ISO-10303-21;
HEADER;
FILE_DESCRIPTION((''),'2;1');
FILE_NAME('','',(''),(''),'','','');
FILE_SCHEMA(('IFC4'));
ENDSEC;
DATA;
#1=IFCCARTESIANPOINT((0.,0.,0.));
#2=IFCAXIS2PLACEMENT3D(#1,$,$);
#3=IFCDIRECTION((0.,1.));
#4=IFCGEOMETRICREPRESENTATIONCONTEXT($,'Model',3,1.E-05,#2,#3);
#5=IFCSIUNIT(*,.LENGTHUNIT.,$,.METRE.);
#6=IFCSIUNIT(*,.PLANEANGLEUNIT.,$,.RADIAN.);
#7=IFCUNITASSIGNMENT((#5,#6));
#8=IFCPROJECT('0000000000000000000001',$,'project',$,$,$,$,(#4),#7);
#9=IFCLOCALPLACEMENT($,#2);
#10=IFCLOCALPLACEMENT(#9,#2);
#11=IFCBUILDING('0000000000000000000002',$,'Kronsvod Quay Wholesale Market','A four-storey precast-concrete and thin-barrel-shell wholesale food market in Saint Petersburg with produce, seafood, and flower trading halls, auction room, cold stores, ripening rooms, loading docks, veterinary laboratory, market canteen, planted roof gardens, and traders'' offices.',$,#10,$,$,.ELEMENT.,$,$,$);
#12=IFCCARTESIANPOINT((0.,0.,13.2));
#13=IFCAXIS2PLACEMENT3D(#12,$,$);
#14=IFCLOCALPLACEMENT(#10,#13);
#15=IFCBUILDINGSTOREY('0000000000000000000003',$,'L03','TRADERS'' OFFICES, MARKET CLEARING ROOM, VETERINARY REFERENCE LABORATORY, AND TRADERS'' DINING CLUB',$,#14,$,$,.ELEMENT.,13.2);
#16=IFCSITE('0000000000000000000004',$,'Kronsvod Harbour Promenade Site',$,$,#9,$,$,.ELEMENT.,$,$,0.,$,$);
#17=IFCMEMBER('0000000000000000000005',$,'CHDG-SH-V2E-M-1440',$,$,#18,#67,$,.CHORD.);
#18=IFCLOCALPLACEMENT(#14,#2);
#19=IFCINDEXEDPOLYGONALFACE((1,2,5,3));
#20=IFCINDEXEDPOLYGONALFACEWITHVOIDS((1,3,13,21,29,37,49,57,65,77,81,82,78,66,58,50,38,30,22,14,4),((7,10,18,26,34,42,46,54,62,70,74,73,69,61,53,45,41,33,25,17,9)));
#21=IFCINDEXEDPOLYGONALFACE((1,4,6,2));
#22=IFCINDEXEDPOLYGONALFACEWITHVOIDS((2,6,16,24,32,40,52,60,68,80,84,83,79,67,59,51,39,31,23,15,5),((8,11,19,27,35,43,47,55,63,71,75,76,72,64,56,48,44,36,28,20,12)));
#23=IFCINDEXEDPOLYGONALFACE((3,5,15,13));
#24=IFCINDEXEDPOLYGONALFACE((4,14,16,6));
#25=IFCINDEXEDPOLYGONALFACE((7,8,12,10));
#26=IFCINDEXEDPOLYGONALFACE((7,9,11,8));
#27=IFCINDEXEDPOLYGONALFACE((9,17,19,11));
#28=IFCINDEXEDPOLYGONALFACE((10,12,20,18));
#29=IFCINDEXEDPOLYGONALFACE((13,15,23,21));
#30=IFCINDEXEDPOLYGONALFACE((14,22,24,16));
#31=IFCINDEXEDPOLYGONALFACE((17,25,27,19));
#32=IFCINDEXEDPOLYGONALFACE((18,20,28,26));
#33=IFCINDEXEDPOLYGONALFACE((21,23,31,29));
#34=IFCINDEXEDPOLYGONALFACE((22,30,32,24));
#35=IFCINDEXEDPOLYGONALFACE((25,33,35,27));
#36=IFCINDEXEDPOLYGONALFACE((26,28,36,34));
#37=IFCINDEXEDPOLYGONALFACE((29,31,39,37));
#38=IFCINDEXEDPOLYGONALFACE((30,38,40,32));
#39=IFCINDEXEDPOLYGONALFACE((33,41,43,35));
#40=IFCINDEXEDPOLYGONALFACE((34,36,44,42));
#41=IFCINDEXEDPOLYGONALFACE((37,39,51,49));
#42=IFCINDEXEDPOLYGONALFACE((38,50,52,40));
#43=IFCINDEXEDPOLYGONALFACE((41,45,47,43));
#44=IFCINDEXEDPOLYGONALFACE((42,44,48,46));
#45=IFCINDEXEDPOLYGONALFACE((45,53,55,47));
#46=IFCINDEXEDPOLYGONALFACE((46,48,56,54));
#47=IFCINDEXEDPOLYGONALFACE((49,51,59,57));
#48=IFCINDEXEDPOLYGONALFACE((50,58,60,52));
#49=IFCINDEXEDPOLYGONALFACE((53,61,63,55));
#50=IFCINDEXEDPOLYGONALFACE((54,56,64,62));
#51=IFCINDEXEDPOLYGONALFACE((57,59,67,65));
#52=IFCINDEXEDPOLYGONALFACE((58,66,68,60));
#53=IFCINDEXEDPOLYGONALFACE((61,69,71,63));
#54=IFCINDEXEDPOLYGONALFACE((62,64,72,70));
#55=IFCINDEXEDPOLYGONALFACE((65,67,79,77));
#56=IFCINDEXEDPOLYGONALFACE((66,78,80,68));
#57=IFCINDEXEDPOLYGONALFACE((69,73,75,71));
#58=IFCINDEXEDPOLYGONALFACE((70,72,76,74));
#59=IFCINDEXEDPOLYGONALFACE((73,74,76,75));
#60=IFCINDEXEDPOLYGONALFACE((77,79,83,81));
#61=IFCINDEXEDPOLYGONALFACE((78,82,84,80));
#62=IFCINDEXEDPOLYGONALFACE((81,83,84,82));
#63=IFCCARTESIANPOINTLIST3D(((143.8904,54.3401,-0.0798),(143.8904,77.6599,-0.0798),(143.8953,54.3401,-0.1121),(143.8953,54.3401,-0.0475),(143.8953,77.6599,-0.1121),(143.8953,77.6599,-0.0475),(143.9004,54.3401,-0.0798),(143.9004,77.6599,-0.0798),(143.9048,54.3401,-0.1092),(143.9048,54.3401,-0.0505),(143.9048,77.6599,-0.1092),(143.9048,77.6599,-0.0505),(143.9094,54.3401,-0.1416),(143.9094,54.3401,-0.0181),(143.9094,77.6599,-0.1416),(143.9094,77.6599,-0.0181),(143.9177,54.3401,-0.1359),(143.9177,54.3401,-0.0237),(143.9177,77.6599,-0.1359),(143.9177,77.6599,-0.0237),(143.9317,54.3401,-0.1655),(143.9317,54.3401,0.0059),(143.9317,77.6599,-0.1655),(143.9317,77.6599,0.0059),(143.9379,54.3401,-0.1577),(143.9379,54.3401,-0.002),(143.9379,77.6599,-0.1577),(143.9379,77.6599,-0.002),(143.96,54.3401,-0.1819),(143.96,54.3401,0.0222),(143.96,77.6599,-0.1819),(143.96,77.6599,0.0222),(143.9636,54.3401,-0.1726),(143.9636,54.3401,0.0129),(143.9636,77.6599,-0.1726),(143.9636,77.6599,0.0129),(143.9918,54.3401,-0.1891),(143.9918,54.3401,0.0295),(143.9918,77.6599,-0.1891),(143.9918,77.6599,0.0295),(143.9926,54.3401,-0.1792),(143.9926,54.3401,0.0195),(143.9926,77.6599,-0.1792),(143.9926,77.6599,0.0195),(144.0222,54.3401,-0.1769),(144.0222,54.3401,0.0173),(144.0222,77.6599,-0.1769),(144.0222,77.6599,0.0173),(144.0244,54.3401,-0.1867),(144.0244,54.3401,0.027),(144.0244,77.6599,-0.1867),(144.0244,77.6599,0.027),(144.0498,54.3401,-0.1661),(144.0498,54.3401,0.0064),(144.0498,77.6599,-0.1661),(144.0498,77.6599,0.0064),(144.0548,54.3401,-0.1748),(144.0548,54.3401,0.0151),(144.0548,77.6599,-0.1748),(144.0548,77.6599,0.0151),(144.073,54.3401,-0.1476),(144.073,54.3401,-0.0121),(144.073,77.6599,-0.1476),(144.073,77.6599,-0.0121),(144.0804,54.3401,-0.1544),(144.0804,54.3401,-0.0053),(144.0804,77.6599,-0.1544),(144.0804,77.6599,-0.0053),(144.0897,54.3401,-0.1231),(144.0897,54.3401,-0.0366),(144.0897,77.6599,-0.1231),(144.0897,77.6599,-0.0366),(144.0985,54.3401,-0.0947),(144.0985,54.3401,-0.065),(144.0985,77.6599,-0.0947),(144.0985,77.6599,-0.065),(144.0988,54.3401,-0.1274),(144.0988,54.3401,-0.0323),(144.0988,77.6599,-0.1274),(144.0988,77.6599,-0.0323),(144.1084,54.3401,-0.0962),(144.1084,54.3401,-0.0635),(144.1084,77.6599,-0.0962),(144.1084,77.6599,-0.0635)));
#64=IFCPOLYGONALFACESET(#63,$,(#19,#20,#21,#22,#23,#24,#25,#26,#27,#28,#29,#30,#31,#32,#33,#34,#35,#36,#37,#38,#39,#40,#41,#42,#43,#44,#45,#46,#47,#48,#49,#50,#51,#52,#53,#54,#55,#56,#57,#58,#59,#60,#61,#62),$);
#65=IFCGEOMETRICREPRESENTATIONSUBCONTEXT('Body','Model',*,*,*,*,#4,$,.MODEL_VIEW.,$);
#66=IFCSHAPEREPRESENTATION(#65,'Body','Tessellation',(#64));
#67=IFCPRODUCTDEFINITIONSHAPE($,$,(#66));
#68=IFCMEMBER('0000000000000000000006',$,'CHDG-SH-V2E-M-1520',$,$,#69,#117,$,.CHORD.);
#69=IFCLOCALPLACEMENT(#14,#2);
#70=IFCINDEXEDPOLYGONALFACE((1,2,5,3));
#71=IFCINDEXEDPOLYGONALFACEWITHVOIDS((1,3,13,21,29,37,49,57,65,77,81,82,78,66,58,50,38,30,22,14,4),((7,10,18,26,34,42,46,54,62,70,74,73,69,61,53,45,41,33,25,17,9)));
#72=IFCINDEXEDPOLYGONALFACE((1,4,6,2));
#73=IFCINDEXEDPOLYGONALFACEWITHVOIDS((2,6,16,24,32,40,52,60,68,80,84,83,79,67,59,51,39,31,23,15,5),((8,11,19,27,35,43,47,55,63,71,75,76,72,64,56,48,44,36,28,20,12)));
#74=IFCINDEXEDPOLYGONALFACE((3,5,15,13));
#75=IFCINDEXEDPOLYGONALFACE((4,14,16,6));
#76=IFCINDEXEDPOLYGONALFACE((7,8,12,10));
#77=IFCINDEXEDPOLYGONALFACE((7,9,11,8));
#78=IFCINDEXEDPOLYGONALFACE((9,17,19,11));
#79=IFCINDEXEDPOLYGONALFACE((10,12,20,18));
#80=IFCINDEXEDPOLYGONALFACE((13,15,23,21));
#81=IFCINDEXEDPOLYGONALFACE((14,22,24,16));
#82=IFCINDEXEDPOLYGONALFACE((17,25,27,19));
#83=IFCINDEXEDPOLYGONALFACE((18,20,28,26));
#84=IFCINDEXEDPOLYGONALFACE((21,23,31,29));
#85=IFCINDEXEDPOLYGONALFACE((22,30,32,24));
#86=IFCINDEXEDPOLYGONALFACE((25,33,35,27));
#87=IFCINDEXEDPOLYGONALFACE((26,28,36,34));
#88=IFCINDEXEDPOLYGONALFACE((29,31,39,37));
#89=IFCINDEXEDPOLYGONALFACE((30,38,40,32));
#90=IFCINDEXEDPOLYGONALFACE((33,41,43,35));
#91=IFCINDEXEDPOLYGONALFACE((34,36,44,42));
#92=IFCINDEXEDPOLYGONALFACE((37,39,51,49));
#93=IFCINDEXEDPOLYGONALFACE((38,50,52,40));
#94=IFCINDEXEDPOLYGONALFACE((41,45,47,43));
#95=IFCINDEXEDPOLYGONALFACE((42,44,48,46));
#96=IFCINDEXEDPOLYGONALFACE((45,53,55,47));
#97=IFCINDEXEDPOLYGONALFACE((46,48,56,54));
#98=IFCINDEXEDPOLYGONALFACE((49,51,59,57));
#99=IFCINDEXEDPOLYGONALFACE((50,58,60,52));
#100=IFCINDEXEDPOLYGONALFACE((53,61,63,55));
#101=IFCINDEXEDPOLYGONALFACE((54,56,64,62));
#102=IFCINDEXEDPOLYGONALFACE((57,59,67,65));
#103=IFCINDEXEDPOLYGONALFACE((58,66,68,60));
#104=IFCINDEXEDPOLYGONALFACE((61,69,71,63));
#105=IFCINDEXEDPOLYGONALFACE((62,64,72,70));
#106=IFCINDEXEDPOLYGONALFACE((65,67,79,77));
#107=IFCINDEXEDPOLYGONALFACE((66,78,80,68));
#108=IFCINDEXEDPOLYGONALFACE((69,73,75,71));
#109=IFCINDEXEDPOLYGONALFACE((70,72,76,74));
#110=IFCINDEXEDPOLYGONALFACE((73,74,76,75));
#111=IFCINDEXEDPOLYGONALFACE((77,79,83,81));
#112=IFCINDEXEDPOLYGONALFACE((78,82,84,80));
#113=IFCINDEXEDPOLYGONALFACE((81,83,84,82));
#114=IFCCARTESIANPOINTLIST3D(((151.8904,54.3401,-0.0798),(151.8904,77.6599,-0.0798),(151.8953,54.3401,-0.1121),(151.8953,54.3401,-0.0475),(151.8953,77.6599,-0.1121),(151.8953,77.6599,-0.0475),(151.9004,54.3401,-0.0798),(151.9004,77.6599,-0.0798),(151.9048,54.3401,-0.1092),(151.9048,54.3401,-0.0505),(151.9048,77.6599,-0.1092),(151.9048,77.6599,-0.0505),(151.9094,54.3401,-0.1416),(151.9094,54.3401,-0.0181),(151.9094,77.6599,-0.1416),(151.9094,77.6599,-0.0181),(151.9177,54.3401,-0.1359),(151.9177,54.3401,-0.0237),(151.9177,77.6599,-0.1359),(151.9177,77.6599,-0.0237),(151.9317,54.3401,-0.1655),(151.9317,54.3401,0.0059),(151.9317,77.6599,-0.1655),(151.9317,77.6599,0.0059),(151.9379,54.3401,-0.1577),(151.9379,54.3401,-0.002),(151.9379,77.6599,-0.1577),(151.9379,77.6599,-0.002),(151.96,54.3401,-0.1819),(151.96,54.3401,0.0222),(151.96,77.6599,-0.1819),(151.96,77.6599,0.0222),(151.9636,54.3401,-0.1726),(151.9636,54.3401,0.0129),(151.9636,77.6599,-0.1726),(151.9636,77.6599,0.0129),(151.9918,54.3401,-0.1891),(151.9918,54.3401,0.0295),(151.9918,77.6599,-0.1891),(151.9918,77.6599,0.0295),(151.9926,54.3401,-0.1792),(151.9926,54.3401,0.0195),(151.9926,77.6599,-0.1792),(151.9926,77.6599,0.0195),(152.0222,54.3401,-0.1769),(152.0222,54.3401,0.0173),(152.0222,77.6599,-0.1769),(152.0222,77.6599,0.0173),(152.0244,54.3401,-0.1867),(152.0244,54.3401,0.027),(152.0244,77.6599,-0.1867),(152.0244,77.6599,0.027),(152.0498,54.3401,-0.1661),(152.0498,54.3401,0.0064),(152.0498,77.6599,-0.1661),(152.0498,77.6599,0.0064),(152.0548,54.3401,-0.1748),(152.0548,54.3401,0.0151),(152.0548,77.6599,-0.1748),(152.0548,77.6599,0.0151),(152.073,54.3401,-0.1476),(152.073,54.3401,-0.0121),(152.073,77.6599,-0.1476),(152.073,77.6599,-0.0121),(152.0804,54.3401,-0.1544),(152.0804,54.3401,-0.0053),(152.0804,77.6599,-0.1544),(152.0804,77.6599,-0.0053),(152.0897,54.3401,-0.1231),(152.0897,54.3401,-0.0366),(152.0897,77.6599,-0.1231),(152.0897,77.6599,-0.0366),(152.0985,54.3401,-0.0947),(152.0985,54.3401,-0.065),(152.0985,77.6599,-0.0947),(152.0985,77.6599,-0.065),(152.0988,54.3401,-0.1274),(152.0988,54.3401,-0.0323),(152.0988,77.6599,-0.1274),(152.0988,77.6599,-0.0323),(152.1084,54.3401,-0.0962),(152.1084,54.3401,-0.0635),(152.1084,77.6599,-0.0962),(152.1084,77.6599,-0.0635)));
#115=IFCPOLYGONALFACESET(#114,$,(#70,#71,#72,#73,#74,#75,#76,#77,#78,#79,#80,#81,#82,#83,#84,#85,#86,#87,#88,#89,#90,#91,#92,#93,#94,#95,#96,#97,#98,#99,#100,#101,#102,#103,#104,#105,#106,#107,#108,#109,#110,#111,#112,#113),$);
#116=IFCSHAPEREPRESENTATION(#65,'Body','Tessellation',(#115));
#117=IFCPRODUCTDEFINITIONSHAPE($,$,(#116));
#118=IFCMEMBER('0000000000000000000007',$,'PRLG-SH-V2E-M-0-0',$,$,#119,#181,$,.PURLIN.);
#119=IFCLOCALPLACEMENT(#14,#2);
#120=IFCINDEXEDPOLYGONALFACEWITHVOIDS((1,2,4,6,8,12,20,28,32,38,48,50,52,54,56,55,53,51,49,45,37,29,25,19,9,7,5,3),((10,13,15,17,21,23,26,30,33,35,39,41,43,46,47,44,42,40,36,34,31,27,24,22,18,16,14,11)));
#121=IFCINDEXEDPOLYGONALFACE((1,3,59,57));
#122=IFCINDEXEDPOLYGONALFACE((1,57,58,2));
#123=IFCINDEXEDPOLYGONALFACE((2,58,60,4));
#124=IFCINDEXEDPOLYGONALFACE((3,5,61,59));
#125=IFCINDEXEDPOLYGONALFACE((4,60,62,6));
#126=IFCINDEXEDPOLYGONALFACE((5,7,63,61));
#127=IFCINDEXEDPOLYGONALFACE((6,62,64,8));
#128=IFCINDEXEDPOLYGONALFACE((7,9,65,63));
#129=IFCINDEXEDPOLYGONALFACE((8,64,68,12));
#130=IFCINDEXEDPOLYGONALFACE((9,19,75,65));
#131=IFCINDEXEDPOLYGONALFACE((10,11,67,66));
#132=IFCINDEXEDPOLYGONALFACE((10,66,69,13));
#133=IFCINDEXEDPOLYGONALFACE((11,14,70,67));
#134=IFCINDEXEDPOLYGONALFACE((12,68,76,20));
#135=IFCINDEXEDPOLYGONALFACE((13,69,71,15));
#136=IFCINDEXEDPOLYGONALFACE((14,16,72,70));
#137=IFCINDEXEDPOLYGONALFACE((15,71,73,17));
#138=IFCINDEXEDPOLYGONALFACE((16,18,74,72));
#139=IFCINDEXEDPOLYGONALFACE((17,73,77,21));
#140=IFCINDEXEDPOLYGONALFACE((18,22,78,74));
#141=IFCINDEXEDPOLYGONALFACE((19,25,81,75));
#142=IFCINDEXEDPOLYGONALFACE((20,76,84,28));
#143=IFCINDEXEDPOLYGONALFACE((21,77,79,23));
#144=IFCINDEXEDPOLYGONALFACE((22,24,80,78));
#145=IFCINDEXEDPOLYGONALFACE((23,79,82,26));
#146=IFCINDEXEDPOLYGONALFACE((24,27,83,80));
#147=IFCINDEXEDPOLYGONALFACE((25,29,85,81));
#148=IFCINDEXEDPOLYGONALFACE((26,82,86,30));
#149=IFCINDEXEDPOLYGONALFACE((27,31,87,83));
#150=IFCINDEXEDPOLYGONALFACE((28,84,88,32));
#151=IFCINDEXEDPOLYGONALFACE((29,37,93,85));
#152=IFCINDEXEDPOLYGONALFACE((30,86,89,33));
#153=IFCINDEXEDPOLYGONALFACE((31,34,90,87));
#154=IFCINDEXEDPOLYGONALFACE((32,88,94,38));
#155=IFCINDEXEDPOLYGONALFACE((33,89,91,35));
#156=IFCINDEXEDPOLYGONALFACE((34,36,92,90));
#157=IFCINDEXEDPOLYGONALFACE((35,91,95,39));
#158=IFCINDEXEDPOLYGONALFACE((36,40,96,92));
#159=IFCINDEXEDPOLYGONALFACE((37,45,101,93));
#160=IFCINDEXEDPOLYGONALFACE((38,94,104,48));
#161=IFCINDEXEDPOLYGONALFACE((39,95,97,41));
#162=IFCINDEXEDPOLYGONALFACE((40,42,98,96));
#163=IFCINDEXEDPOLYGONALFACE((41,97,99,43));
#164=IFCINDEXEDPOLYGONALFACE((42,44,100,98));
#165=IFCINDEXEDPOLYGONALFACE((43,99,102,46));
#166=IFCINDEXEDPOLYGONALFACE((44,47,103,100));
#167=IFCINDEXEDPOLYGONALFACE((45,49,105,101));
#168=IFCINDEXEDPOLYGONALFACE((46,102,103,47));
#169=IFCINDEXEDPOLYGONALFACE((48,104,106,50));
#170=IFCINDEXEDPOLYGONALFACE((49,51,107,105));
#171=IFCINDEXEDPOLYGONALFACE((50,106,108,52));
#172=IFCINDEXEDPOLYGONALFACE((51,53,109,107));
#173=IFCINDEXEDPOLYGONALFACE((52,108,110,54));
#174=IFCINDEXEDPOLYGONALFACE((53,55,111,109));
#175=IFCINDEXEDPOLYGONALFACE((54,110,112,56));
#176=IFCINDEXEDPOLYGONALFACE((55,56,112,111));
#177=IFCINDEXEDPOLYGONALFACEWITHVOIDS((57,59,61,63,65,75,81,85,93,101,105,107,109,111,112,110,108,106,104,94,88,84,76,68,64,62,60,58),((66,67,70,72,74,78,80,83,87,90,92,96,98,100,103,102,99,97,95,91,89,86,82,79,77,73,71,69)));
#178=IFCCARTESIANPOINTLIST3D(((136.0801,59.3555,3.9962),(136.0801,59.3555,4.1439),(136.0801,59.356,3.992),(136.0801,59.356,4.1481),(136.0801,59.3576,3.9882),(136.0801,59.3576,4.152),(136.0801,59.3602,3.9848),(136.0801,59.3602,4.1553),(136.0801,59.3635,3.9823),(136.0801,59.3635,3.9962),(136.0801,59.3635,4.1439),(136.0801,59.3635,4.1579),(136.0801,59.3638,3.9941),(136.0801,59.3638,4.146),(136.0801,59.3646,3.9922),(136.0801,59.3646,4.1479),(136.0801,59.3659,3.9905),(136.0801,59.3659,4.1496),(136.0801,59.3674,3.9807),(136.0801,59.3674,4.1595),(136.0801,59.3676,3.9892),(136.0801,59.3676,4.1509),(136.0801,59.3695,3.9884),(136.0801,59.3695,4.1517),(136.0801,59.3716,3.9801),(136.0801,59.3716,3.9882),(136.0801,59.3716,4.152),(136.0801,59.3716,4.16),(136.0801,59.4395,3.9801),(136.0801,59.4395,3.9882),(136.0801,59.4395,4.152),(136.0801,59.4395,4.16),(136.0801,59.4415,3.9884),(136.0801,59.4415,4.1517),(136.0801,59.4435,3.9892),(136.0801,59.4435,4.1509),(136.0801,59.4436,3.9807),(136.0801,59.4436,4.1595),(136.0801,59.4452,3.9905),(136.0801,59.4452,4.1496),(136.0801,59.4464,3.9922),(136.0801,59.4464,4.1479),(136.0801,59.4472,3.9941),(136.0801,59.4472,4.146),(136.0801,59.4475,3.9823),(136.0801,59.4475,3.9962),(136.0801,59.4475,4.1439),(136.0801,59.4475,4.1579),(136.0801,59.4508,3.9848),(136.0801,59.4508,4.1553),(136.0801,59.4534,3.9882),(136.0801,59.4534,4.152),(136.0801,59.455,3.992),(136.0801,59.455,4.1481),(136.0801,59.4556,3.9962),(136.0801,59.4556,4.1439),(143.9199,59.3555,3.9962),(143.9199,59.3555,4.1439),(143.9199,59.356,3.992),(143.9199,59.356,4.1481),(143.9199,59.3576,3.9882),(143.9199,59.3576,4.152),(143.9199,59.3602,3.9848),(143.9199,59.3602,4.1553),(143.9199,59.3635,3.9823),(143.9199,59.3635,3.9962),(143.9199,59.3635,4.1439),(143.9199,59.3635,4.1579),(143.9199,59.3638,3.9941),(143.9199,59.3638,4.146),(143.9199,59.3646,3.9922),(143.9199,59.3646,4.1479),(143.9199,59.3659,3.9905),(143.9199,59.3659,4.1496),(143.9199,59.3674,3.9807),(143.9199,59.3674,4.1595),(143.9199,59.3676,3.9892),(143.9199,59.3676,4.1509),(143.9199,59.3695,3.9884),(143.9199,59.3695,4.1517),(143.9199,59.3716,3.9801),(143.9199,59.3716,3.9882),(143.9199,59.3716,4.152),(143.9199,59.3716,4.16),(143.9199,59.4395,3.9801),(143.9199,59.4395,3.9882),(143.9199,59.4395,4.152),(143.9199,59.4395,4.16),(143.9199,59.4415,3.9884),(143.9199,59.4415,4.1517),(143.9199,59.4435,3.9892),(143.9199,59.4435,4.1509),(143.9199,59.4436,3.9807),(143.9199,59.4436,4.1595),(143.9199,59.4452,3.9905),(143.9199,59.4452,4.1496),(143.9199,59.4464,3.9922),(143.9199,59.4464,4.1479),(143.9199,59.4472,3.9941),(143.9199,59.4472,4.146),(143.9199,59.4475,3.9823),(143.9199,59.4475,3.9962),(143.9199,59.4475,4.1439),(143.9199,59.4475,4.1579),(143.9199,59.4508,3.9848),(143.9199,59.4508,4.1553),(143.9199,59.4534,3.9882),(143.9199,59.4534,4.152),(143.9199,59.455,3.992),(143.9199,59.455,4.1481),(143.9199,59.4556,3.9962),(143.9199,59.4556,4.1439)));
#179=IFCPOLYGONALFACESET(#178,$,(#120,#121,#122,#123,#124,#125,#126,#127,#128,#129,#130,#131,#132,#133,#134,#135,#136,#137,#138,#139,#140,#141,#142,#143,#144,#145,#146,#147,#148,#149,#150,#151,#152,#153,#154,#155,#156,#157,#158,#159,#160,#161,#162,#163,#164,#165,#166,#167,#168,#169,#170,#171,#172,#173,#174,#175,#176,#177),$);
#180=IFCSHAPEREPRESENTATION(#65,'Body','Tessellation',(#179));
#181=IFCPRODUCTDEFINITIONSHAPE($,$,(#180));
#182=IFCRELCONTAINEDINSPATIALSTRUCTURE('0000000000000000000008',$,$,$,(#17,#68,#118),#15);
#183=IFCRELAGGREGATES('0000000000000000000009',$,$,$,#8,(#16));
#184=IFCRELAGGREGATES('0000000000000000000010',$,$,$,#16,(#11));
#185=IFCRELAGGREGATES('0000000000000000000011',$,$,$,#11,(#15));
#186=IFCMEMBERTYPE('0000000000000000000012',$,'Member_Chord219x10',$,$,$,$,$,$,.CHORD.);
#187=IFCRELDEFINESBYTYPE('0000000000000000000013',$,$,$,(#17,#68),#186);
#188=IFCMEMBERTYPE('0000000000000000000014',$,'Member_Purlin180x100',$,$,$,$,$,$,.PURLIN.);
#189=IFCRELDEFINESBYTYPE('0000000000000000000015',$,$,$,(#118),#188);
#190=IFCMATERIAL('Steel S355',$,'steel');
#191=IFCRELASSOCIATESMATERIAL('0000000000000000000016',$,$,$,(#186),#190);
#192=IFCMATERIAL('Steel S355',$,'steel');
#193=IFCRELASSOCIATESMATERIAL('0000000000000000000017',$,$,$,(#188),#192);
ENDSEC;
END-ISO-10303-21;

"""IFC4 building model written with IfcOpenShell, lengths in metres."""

from ifc_helpers import new_model, si_unit, direction, frame, origin, origin_2d, place, context, subcontext, project, spatial, hollow_rectangle, hollow_circle, extrude, material, material_profile, profile_set, type_object, element, save


model = new_model("IFC4")

# Units and contexts
model_context = context("Model", 3, precision=1e-05, world=origin(), true_north=direction((0.0, 1.0)))
body_context = subcontext(model_context, "Body", "Model", "MODEL_VIEW")
ifc_project = project(units=[si_unit("LENGTHUNIT", "METRE"), si_unit("PLANEANGLEUNIT", "RADIAN")], contexts=[model_context])

# Site, building, storey
site_placement = place(None, origin())
site = spatial("IfcSite", under=ifc_project, at=site_placement, Name="Kronsvod Harbour Promenade Site", CompositionType="ELEMENT", RefElevation=0.0)
building_placement = place(site_placement, origin())
building = spatial("IfcBuilding", under=site, at=building_placement, Name="Kronsvod Quay Wholesale Market", Description="A four-storey precast-concrete and thin-barrel-shell wholesale food market in Saint Petersburg with produce, seafood, and flower trading halls, auction room, cold stores, ripening rooms, loading docks, veterinary laboratory, market canteen, planted roof gardens, and traders' offices.", CompositionType="ELEMENT")
storey_placement = place(building_placement, frame((0.0, 0.0, 13.2)))
storey = spatial("IfcBuildingStorey", under=building, at=storey_placement, Name="L03", Description="TRADERS' OFFICES, MARKET CLEARING ROOM, VETERINARY REFERENCE LABORATORY, AND TRADERS' DINING CLUB", CompositionType="ELEMENT", Elevation=13.2)

# Members
ifc_material_1 = material(Name="Steel S355", Category="steel")
ifc_material_profile_1 = material_profile(ifc_material_1, hollow_circle(Radius=0.1096, WallThickness=0.01, at=origin_2d()), Name="CHS219x10")
ifc_profile_set_1 = profile_set([ifc_material_profile_1], Name="Steel S355")
member_type_1 = type_object("IfcMemberType", Name="Member_Chord219x10", PredefinedType="CHORD", material=ifc_profile_set_1)
for number, where, z_axis, x_axis, name in (
    (1, (144.0, 54.3401, -0.0798), (0.0, 1.0, 0.0), (-1.0, 0.0, 0.0), "CHDG-SH-V2E-M-1440"),
    (2, (152.0, 54.3401, -0.0798), (0.0, 1.0, 0.0), (-1.0, 0.0, 0.0), "CHDG-SH-V2E-M-1520"),
):
    element("IfcMember", number, at=place(storey_placement, frame(where, z_axis=z_axis, x_axis=x_axis)), inside=storey, type_object=member_type_1, Name=name, PredefinedType="CHORD", context=body_context, shape_type="SweptSolid", body=[
        extrude(hollow_circle(Radius=0.1096, WallThickness=0.01, at=origin_2d()), origin(), (0.0, 0.0, 1.0), 23.3198),
    ])
ifc_material_2 = material(Name="Steel S355", Category="steel")
ifc_material_profile_2 = material_profile(ifc_material_2, hollow_rectangle(XDim=0.1001, YDim=0.1799, WallThickness=0.0081, InnerFilletRadius=0.0081, OuterFilletRadius=0.0161, at=origin_2d()), Name="RHS180x100x8")
ifc_profile_set_2 = profile_set([ifc_material_profile_2], Name="Steel S355")
member_type_2 = type_object("IfcMemberType", Name="Member_Purlin180x100", PredefinedType="PURLIN", material=ifc_profile_set_2)
for number, where, z_axis, x_axis, name in (
    (3, (136.0801, 59.4055, 4.0701), (1.0, 0.0, 0.0), (0.0, 1.0, 0.0), "PRLG-SH-V2E-M-0-0"),
):
    element("IfcMember", number, at=place(storey_placement, frame(where, z_axis=z_axis, x_axis=x_axis)), inside=storey, type_object=member_type_2, Name=name, PredefinedType="PURLIN", context=body_context, shape_type="SweptSolid", body=[
        extrude(hollow_rectangle(XDim=0.1001, YDim=0.1799, WallThickness=0.0081, InnerFilletRadius=0.0081, OuterFilletRadius=0.0161, at=origin_2d()), origin(), (0.0, 0.0, 1.0), 7.8398),
    ])

save(model, "model.ifc")
